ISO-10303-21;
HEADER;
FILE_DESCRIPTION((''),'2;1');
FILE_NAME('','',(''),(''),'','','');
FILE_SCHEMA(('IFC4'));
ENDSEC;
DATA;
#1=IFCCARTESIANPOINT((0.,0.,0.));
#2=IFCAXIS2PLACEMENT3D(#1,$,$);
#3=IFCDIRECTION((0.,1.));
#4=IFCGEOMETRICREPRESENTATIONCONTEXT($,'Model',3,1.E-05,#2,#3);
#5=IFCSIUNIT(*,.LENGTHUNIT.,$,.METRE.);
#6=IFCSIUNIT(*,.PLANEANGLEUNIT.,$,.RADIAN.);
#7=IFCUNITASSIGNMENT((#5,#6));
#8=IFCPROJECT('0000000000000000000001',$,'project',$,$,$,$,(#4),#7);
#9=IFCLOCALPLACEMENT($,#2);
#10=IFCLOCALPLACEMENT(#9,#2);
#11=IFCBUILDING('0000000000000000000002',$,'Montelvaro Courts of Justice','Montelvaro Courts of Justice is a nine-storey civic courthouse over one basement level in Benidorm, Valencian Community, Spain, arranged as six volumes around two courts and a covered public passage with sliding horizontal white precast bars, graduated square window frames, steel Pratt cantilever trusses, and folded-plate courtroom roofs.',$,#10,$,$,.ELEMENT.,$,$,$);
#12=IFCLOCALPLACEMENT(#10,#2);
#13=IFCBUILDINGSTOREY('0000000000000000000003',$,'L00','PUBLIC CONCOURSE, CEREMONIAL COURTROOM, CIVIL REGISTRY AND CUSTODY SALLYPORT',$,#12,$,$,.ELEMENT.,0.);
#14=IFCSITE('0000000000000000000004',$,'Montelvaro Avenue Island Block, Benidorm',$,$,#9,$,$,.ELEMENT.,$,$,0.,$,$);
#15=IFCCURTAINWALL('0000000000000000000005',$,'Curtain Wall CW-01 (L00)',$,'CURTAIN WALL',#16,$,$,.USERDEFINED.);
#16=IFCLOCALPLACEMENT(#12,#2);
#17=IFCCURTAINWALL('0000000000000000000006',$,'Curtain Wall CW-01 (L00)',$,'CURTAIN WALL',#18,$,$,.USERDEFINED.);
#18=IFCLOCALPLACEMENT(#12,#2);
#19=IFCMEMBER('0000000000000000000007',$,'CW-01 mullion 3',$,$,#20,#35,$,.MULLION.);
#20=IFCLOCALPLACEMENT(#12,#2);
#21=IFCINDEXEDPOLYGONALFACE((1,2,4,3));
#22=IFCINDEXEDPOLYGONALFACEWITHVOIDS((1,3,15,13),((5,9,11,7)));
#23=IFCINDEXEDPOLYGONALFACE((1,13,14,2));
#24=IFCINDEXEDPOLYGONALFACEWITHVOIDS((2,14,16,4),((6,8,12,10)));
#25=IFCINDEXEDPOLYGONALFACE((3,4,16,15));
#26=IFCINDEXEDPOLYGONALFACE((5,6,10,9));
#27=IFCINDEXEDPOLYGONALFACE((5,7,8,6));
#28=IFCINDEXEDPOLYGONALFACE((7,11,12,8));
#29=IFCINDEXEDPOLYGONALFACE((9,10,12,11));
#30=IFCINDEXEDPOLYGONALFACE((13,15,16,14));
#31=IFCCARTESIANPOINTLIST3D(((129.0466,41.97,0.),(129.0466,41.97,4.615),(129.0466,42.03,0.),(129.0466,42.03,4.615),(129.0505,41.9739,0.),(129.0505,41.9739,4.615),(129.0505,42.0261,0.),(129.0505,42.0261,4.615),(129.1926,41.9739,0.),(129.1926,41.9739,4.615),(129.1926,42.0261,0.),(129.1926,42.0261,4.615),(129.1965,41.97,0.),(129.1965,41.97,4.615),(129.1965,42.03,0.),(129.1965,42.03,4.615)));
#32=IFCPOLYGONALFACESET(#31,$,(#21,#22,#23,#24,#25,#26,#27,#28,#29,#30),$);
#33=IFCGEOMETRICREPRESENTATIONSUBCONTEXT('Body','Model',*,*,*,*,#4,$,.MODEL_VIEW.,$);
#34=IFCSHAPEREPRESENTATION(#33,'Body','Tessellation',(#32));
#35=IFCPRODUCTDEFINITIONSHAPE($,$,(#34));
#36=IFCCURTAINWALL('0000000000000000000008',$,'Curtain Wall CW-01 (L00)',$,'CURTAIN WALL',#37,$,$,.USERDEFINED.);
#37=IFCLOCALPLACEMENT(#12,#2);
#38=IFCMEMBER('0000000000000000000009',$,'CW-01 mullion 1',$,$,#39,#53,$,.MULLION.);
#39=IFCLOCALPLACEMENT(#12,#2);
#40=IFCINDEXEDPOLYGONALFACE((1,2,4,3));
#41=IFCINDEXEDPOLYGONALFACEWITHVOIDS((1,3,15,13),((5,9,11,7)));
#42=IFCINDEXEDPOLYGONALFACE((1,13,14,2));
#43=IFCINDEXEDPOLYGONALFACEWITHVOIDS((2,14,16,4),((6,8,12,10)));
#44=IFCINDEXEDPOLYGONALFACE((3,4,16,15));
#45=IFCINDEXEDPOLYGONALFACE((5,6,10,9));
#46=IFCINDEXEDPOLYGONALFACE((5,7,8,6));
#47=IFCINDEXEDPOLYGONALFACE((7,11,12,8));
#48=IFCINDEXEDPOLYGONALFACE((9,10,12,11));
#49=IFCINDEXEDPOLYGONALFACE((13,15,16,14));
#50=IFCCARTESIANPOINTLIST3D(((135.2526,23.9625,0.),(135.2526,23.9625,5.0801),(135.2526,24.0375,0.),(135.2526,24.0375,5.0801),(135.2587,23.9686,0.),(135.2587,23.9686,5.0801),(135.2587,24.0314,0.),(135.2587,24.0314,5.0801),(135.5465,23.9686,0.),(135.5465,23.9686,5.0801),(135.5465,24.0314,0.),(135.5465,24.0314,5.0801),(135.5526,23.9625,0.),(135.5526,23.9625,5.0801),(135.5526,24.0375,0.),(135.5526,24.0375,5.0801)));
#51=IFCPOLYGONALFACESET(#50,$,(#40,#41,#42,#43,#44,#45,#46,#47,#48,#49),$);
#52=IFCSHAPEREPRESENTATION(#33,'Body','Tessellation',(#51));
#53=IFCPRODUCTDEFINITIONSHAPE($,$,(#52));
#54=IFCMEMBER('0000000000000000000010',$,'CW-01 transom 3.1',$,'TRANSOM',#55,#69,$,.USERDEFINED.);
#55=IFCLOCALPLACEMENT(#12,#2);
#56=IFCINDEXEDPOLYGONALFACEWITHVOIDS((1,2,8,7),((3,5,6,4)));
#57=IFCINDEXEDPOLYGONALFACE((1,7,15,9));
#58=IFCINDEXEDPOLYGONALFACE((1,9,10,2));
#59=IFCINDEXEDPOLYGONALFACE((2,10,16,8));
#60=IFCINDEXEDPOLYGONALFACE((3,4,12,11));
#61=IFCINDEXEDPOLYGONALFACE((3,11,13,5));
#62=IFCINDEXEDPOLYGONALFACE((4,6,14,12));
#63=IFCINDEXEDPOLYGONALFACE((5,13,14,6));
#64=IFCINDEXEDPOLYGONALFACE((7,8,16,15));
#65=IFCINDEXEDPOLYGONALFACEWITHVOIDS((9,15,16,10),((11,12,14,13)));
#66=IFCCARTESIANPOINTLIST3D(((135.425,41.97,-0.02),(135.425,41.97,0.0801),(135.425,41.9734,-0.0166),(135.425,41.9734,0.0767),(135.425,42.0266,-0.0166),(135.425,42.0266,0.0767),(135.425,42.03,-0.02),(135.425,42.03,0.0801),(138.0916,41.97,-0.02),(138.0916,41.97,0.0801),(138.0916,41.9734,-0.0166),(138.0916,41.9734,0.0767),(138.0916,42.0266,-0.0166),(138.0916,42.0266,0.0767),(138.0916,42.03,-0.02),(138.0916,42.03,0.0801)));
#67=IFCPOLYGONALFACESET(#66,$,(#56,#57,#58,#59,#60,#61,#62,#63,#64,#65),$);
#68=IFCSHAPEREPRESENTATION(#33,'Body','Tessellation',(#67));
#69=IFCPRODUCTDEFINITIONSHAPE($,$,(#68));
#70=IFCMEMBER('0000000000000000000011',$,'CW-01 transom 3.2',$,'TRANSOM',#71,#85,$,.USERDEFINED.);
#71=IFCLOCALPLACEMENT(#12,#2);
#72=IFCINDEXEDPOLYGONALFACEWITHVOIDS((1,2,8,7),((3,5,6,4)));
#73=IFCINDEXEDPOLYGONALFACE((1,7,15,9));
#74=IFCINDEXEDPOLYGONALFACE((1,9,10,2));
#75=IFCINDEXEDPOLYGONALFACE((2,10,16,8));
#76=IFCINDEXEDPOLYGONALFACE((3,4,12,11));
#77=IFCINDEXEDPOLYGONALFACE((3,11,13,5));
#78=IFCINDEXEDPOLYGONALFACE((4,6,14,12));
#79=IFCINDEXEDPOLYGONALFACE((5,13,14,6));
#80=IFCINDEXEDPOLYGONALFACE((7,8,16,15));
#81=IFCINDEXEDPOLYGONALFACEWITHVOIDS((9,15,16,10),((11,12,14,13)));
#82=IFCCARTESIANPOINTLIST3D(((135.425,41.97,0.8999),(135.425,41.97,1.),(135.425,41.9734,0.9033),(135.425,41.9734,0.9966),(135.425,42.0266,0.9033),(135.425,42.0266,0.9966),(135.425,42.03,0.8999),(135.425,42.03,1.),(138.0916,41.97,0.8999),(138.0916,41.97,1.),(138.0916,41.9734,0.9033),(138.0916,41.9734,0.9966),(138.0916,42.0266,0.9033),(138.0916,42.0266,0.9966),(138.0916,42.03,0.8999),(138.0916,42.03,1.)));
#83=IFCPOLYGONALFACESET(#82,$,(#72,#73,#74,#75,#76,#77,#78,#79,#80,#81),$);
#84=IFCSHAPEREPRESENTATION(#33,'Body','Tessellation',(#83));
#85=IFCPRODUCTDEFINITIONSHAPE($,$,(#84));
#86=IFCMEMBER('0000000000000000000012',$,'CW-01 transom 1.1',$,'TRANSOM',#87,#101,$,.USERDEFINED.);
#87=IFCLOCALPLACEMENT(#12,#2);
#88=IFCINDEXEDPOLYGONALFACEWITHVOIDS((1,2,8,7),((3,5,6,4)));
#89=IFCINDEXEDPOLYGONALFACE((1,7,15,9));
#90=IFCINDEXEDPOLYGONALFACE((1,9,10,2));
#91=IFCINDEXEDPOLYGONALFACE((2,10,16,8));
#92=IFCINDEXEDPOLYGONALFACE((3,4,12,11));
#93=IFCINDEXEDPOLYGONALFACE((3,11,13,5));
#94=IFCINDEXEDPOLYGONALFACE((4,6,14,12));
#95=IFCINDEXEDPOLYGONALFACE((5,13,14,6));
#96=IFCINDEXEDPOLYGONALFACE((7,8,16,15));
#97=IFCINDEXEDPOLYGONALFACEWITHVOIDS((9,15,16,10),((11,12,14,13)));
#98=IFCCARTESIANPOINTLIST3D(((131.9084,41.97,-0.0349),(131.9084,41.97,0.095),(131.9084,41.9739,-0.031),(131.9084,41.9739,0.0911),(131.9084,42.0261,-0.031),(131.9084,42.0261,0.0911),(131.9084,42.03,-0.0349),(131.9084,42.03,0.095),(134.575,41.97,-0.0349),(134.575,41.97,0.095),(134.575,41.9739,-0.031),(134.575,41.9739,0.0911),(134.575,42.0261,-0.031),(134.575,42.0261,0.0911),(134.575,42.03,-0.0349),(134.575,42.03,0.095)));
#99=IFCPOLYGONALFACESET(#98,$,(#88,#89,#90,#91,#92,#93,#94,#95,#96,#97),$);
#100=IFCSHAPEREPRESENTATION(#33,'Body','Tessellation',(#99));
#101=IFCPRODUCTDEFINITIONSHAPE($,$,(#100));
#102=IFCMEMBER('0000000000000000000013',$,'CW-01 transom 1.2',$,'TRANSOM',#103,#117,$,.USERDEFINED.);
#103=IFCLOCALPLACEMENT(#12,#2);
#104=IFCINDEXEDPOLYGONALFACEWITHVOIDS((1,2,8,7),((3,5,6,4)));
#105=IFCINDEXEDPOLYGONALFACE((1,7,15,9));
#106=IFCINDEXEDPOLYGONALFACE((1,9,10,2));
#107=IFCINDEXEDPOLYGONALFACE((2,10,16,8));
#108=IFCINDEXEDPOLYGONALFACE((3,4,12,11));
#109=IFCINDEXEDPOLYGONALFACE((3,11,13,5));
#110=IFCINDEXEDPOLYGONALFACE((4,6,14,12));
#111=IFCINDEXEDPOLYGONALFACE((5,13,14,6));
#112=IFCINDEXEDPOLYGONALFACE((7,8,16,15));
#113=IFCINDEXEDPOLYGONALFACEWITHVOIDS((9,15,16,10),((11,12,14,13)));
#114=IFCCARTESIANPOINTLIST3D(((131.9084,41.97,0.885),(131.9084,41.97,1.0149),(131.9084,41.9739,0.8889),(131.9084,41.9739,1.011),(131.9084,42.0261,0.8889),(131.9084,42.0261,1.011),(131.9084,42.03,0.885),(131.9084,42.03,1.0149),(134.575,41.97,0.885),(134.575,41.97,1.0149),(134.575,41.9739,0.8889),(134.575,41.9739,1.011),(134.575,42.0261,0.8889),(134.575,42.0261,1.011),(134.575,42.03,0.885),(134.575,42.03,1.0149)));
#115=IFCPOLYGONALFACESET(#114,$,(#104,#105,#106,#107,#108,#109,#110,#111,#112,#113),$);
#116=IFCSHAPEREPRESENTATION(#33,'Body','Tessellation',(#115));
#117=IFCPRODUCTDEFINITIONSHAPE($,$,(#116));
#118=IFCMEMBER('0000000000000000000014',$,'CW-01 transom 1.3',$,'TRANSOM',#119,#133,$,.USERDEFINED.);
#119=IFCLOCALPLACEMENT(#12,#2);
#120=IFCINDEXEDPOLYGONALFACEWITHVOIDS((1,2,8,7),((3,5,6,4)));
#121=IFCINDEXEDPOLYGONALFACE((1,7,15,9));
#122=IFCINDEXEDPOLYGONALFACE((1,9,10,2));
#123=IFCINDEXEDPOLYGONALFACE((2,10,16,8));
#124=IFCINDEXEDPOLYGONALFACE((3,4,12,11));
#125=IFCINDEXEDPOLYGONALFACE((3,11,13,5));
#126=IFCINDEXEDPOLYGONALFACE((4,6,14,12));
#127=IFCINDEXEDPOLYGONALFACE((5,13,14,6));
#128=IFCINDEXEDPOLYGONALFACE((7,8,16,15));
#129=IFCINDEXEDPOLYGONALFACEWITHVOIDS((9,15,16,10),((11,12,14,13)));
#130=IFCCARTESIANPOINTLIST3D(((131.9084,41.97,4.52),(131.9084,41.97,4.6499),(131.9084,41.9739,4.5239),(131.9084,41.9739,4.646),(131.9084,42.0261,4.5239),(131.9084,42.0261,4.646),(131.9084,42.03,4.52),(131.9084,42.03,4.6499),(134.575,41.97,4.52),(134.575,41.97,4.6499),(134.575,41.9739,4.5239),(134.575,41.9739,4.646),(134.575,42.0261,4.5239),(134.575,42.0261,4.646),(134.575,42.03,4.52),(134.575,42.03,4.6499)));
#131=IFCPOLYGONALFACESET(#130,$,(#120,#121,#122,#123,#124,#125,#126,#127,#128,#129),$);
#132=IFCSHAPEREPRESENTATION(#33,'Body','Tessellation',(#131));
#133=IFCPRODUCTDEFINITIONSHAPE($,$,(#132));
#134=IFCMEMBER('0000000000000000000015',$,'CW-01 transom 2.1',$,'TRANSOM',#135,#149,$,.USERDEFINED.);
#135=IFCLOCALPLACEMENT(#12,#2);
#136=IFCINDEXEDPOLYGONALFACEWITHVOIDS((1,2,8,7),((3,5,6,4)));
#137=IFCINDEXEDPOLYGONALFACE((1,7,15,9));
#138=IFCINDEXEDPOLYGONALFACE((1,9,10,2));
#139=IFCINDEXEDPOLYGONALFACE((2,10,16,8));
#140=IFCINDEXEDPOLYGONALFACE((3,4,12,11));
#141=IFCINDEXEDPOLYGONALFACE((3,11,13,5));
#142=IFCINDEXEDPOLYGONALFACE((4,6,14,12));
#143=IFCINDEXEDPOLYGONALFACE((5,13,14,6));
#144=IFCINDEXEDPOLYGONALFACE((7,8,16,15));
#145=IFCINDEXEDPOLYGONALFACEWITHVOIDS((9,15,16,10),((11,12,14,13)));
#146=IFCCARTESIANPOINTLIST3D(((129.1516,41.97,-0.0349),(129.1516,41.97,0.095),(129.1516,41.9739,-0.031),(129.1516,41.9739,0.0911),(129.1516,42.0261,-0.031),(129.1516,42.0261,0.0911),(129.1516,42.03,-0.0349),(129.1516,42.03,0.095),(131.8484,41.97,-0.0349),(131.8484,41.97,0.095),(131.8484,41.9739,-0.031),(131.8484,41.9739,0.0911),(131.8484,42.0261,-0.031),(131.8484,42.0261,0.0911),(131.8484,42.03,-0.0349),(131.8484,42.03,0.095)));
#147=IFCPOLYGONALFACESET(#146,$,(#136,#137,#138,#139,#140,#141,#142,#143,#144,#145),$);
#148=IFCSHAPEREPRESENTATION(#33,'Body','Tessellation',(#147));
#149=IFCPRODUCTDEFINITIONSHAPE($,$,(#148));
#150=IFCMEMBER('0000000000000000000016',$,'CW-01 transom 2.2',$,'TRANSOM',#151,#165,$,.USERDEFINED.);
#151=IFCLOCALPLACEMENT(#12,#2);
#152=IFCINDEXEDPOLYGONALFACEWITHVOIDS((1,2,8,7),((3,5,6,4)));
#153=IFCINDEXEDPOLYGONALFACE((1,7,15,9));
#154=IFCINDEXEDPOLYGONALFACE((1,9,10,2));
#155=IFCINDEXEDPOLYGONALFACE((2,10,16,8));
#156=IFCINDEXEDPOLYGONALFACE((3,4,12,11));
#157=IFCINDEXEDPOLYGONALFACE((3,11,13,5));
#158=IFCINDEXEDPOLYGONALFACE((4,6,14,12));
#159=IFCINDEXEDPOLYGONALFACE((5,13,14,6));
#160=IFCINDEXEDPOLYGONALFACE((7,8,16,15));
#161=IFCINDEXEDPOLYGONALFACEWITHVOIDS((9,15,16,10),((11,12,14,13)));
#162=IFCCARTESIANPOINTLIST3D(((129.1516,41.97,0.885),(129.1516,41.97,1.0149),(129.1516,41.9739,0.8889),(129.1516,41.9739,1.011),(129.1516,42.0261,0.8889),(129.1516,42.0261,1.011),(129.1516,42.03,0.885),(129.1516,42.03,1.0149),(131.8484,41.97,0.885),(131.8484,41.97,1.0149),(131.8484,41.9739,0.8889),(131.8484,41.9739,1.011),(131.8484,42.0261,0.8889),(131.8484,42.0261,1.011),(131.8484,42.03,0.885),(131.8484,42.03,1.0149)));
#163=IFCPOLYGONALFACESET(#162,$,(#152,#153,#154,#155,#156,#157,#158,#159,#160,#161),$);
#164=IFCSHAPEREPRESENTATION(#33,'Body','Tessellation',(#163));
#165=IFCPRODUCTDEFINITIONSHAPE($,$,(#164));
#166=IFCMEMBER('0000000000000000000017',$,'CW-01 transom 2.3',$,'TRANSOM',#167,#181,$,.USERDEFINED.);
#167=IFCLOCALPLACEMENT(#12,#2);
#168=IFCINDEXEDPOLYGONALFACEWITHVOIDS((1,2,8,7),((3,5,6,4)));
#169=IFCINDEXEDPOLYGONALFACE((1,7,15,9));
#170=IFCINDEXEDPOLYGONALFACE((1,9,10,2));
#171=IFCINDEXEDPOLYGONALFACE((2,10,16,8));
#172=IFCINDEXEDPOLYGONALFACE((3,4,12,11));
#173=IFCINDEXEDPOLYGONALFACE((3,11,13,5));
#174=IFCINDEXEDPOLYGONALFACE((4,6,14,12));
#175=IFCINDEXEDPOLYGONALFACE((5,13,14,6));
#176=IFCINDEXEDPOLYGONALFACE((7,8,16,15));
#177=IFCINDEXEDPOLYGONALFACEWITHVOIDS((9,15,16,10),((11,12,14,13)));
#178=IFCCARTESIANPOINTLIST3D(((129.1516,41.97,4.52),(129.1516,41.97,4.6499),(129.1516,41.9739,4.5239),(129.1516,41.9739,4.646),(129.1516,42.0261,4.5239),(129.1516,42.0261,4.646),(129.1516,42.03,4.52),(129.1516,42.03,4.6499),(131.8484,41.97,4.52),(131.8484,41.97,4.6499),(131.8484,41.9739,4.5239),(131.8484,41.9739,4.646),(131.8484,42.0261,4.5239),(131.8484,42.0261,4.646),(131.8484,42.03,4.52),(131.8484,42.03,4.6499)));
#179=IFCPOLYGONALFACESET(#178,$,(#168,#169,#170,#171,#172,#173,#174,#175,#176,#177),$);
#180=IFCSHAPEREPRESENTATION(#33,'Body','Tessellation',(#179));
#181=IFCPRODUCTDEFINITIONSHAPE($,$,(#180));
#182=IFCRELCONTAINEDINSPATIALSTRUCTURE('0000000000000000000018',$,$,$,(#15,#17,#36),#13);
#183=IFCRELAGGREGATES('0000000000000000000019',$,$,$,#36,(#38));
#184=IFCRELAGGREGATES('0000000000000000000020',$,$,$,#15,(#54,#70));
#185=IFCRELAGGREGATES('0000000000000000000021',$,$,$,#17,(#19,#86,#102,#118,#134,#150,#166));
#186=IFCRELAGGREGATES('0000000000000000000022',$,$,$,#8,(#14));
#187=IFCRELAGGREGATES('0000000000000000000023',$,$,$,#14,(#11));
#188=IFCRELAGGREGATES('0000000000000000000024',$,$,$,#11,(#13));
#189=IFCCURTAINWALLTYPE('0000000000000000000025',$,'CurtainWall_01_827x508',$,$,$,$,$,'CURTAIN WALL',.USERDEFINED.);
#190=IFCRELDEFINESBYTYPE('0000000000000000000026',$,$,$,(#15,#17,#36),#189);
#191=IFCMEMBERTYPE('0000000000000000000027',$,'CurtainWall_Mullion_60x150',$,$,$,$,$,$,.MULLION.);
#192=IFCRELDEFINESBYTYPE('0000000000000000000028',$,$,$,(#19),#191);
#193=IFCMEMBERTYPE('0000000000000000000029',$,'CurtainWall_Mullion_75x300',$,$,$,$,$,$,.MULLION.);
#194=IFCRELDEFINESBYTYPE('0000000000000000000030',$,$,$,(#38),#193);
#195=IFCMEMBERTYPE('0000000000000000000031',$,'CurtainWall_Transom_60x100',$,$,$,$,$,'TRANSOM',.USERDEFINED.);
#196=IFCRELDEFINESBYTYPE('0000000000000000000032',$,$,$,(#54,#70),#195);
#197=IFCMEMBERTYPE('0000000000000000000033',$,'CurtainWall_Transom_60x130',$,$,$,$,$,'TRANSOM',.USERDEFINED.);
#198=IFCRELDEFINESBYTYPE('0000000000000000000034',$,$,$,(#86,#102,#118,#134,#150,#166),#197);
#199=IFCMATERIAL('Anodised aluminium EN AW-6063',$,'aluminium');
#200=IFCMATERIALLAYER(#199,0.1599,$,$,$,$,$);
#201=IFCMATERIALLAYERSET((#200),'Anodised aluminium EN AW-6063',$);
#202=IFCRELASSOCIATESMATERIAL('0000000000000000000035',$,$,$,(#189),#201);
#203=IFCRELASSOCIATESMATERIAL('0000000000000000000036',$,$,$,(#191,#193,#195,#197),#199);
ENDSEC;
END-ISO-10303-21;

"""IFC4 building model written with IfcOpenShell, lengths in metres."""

from ifc_helpers import new_model, si_unit, direction, frame, origin, origin_2d, place, context, subcontext, project, spatial, hollow_rectangle, extrude, material, layer, layer_set, material_profile, profile_set, type_object, element, aggregate, save


model = new_model("IFC4")

# Units and contexts
model_context = context("Model", 3, precision=1e-05, world=origin(), true_north=direction((0.0, 1.0)))
body_context = subcontext(model_context, "Body", "Model", "MODEL_VIEW")
ifc_project = project(units=[si_unit("LENGTHUNIT", "METRE"), si_unit("PLANEANGLEUNIT", "RADIAN")], contexts=[model_context])

# Site, building, storey
site_placement = place(None, origin())
site = spatial("IfcSite", under=ifc_project, at=site_placement, Name="Montelvaro Avenue Island Block, Benidorm", CompositionType="ELEMENT", RefElevation=0.0)
building_placement = place(site_placement, origin())
building = spatial("IfcBuilding", under=site, at=building_placement, Name="Montelvaro Courts of Justice", Description="Montelvaro Courts of Justice is a nine-storey civic courthouse over one basement level in Benidorm, Valencian Community, Spain, arranged as six volumes around two courts and a covered public passage with sliding horizontal white precast bars, graduated square window frames, steel Pratt cantilever trusses, and folded-plate courtroom roofs.", CompositionType="ELEMENT")
storey_placement = place(building_placement, origin())
storey = spatial("IfcBuildingStorey", under=building, at=storey_placement, Name="L00", Description="PUBLIC CONCOURSE, CEREMONIAL COURTROOM, CIVIL REGISTRY AND CUSTODY SALLYPORT", CompositionType="ELEMENT", Elevation=0.0)

# Curtain wall
ifc_material_1 = material(Name="Anodised aluminium EN AW-6063", Category="aluminium")
ifc_layer_1 = layer(ifc_material_1, 0.1599)
ifc_layer_set_1 = layer_set([ifc_layer_1], Name="Anodised aluminium EN AW-6063")
curtain_wall_type = type_object("IfcCurtainWallType", Name="CurtainWall_01_827x508", ElementType="CURTAIN WALL", PredefinedType="USERDEFINED", material=ifc_layer_set_1)
curtain_wall_1_placement = place(storey_placement, origin())
curtain_wall_1 = element("IfcCurtainWall", 1, at=curtain_wall_1_placement, inside=storey, type_object=curtain_wall_type, Name="Curtain Wall CW-01 (L00)", ObjectType="CURTAIN WALL", PredefinedType="USERDEFINED")

# Curtain wall, member
curtain_wall_2_placement = place(storey_placement, origin())
curtain_wall_2 = element("IfcCurtainWall", 2, at=curtain_wall_2_placement, inside=storey, type_object=curtain_wall_type, Name="Curtain Wall CW-01 (L00)", ObjectType="CURTAIN WALL", PredefinedType="USERDEFINED")
ifc_material_profile_1 = material_profile(ifc_material_1, hollow_rectangle(XDim=0.0601, YDim=0.1499, WallThickness=0.0039, at=origin_2d()), Name="ALU-M 60x150")
ifc_profile_set_1 = profile_set([ifc_material_profile_1], Name="Anodised aluminium EN AW-6063")
member_type_1 = type_object("IfcMemberType", Name="CurtainWall_Mullion_60x150", PredefinedType="MULLION", material=ifc_profile_set_1)
member_1_placement = place(storey_placement, frame((129.1216, 42.0, 0.0), z_axis=(0.0, 0.0, 1.0), x_axis=(0.0, -1.0, 0.0)))
member_1 = element("IfcMember", 3, at=member_1_placement, type_object=member_type_1, Name="CW-01 mullion 3", PredefinedType="MULLION", context=body_context, shape_type="SweptSolid", body=[
    extrude(hollow_rectangle(XDim=0.0601, YDim=0.1499, WallThickness=0.0039, at=origin_2d()), origin(), (0.0, 0.0, 1.0), 4.615),
])

# Curtain wall, member
curtain_wall_3_placement = place(storey_placement, origin())
curtain_wall_3 = element("IfcCurtainWall", 4, at=curtain_wall_3_placement, inside=storey, type_object=curtain_wall_type, Name="Curtain Wall CW-01 (L00)", ObjectType="CURTAIN WALL", PredefinedType="USERDEFINED")
ifc_material_profile_2 = material_profile(ifc_material_1, hollow_rectangle(XDim=0.075, YDim=0.3, WallThickness=0.0061, at=origin_2d()), Name="ALU-M 75x300")
ifc_profile_set_2 = profile_set([ifc_material_profile_2], Name="Anodised aluminium EN AW-6063")
member_type_2 = type_object("IfcMemberType", Name="CurtainWall_Mullion_75x300", PredefinedType="MULLION", material=ifc_profile_set_2)
member_2_placement = place(storey_placement, frame((135.4026, 24.0, 0.0), z_axis=(0.0, 0.0, 1.0), x_axis=(0.0, 1.0, 0.0)))
member_2 = element("IfcMember", 5, at=member_2_placement, type_object=member_type_2, Name="CW-01 mullion 1", PredefinedType="MULLION", context=body_context, shape_type="SweptSolid", body=[
    extrude(hollow_rectangle(XDim=0.075, YDim=0.3, WallThickness=0.0061, at=origin_2d()), origin(), (0.0, 0.0, 1.0), 5.0801),
])

# Members
ifc_material_profile_3 = material_profile(ifc_material_1, hollow_rectangle(XDim=0.0601, YDim=0.1001, WallThickness=0.0034, at=origin_2d()), Name="ALU-T 60x100")
ifc_profile_set_3 = profile_set([ifc_material_profile_3], Name="Anodised aluminium EN AW-6063")
member_type_3 = type_object("IfcMemberType", Name="CurtainWall_Transom_60x100", ElementType="TRANSOM", PredefinedType="USERDEFINED", material=ifc_profile_set_3)
member_3_placement = place(storey_placement, frame((138.0916, 42.0, 0.03), z_axis=(-1.0, 0.0, 0.0), x_axis=(0.0, -1.0, 0.0)))
member_3 = element("IfcMember", 6, at=member_3_placement, type_object=member_type_3, Name="CW-01 transom 3.1", ObjectType="TRANSOM", PredefinedType="USERDEFINED", context=body_context, shape_type="SweptSolid", body=[
    extrude(hollow_rectangle(XDim=0.0601, YDim=0.1001, WallThickness=0.0034, at=origin_2d()), origin(), (0.0, 0.0, 1.0), 2.6665),
])
member_4_placement = place(storey_placement, frame((138.0916, 42.0, 0.95), z_axis=(-1.0, 0.0, 0.0), x_axis=(0.0, -1.0, 0.0)))
member_4 = element("IfcMember", 7, at=member_4_placement, type_object=member_type_3, Name="CW-01 transom 3.2", ObjectType="TRANSOM", PredefinedType="USERDEFINED", context=body_context, shape_type="SweptSolid", body=[
    extrude(hollow_rectangle(XDim=0.0601, YDim=0.1001, WallThickness=0.0034, at=origin_2d()), origin(), (0.0, 0.0, 1.0), 2.6665),
])
ifc_material_profile_4 = material_profile(ifc_material_1, hollow_rectangle(XDim=0.0601, YDim=0.1299, WallThickness=0.0039, at=origin_2d()), Name="ALU-T 60x130")
ifc_profile_set_4 = profile_set([ifc_material_profile_4], Name="Anodised aluminium EN AW-6063")
member_type_4 = type_object("IfcMemberType", Name="CurtainWall_Transom_60x130", ElementType="TRANSOM", PredefinedType="USERDEFINED", material=ifc_profile_set_4)
member_5_placement = place(storey_placement, frame((134.575, 42.0, 0.03), z_axis=(-1.0, 0.0, 0.0), x_axis=(0.0, -1.0, 0.0)))
member_5 = element("IfcMember", 8, at=member_5_placement, type_object=member_type_4, Name="CW-01 transom 1.1", ObjectType="TRANSOM", PredefinedType="USERDEFINED", context=body_context, shape_type="SweptSolid", body=[
    extrude(hollow_rectangle(XDim=0.0601, YDim=0.1299, WallThickness=0.0039, at=origin_2d()), origin(), (0.0, 0.0, 1.0), 2.6665),
])
member_6_placement = place(storey_placement, frame((134.575, 42.0, 0.95), z_axis=(-1.0, 0.0, 0.0), x_axis=(0.0, -1.0, 0.0)))
member_6 = element("IfcMember", 9, at=member_6_placement, type_object=member_type_4, Name="CW-01 transom 1.2", ObjectType="TRANSOM", PredefinedType="USERDEFINED", context=body_context, shape_type="SweptSolid", body=[
    extrude(hollow_rectangle(XDim=0.0601, YDim=0.1299, WallThickness=0.0039, at=origin_2d()), origin(), (0.0, 0.0, 1.0), 2.6665),
])
member_7_placement = place(storey_placement, frame((134.575, 42.0, 4.585), z_axis=(-1.0, 0.0, 0.0), x_axis=(0.0, -1.0, 0.0)))
member_7 = element("IfcMember", 10, at=member_7_placement, type_object=member_type_4, Name="CW-01 transom 1.3", ObjectType="TRANSOM", PredefinedType="USERDEFINED", context=body_context, shape_type="SweptSolid", body=[
    extrude(hollow_rectangle(XDim=0.0601, YDim=0.1299, WallThickness=0.0039, at=origin_2d()), origin(), (0.0, 0.0, 1.0), 2.6665),
])
member_8_placement = place(storey_placement, frame((131.8484, 42.0, 0.03), z_axis=(-1.0, 0.0, 0.0), x_axis=(0.0, -1.0, 0.0)))
member_8 = element("IfcMember", 11, at=member_8_placement, type_object=member_type_4, Name="CW-01 transom 2.1", ObjectType="TRANSOM", PredefinedType="USERDEFINED", context=body_context, shape_type="SweptSolid", body=[
    extrude(hollow_rectangle(XDim=0.0601, YDim=0.1299, WallThickness=0.0039, at=origin_2d()), origin(), (0.0, 0.0, 1.0), 2.6968),
])
member_9_placement = place(storey_placement, frame((131.8484, 42.0, 0.95), z_axis=(-1.0, 0.0, 0.0), x_axis=(0.0, -1.0, 0.0)))
member_9 = element("IfcMember", 12, at=member_9_placement, type_object=member_type_4, Name="CW-01 transom 2.2", ObjectType="TRANSOM", PredefinedType="USERDEFINED", context=body_context, shape_type="SweptSolid", body=[
    extrude(hollow_rectangle(XDim=0.0601, YDim=0.1299, WallThickness=0.0039, at=origin_2d()), origin(), (0.0, 0.0, 1.0), 2.6968),
])
member_10_placement = place(storey_placement, frame((131.8484, 42.0, 4.585), z_axis=(-1.0, 0.0, 0.0), x_axis=(0.0, -1.0, 0.0)))
member_10 = element("IfcMember", 13, at=member_10_placement, type_object=member_type_4, Name="CW-01 transom 2.3", ObjectType="TRANSOM", PredefinedType="USERDEFINED", context=body_context, shape_type="SweptSolid", body=[
    extrude(hollow_rectangle(XDim=0.0601, YDim=0.1299, WallThickness=0.0039, at=origin_2d()), origin(), (0.0, 0.0, 1.0), 2.6968),
])

aggregate(curtain_wall_3, [member_2])
aggregate(curtain_wall_1, [member_3, member_4])
aggregate(curtain_wall_2, [member_1, member_5, member_6, member_7, member_8, member_9, member_10])

save(model, "model.ifc")
